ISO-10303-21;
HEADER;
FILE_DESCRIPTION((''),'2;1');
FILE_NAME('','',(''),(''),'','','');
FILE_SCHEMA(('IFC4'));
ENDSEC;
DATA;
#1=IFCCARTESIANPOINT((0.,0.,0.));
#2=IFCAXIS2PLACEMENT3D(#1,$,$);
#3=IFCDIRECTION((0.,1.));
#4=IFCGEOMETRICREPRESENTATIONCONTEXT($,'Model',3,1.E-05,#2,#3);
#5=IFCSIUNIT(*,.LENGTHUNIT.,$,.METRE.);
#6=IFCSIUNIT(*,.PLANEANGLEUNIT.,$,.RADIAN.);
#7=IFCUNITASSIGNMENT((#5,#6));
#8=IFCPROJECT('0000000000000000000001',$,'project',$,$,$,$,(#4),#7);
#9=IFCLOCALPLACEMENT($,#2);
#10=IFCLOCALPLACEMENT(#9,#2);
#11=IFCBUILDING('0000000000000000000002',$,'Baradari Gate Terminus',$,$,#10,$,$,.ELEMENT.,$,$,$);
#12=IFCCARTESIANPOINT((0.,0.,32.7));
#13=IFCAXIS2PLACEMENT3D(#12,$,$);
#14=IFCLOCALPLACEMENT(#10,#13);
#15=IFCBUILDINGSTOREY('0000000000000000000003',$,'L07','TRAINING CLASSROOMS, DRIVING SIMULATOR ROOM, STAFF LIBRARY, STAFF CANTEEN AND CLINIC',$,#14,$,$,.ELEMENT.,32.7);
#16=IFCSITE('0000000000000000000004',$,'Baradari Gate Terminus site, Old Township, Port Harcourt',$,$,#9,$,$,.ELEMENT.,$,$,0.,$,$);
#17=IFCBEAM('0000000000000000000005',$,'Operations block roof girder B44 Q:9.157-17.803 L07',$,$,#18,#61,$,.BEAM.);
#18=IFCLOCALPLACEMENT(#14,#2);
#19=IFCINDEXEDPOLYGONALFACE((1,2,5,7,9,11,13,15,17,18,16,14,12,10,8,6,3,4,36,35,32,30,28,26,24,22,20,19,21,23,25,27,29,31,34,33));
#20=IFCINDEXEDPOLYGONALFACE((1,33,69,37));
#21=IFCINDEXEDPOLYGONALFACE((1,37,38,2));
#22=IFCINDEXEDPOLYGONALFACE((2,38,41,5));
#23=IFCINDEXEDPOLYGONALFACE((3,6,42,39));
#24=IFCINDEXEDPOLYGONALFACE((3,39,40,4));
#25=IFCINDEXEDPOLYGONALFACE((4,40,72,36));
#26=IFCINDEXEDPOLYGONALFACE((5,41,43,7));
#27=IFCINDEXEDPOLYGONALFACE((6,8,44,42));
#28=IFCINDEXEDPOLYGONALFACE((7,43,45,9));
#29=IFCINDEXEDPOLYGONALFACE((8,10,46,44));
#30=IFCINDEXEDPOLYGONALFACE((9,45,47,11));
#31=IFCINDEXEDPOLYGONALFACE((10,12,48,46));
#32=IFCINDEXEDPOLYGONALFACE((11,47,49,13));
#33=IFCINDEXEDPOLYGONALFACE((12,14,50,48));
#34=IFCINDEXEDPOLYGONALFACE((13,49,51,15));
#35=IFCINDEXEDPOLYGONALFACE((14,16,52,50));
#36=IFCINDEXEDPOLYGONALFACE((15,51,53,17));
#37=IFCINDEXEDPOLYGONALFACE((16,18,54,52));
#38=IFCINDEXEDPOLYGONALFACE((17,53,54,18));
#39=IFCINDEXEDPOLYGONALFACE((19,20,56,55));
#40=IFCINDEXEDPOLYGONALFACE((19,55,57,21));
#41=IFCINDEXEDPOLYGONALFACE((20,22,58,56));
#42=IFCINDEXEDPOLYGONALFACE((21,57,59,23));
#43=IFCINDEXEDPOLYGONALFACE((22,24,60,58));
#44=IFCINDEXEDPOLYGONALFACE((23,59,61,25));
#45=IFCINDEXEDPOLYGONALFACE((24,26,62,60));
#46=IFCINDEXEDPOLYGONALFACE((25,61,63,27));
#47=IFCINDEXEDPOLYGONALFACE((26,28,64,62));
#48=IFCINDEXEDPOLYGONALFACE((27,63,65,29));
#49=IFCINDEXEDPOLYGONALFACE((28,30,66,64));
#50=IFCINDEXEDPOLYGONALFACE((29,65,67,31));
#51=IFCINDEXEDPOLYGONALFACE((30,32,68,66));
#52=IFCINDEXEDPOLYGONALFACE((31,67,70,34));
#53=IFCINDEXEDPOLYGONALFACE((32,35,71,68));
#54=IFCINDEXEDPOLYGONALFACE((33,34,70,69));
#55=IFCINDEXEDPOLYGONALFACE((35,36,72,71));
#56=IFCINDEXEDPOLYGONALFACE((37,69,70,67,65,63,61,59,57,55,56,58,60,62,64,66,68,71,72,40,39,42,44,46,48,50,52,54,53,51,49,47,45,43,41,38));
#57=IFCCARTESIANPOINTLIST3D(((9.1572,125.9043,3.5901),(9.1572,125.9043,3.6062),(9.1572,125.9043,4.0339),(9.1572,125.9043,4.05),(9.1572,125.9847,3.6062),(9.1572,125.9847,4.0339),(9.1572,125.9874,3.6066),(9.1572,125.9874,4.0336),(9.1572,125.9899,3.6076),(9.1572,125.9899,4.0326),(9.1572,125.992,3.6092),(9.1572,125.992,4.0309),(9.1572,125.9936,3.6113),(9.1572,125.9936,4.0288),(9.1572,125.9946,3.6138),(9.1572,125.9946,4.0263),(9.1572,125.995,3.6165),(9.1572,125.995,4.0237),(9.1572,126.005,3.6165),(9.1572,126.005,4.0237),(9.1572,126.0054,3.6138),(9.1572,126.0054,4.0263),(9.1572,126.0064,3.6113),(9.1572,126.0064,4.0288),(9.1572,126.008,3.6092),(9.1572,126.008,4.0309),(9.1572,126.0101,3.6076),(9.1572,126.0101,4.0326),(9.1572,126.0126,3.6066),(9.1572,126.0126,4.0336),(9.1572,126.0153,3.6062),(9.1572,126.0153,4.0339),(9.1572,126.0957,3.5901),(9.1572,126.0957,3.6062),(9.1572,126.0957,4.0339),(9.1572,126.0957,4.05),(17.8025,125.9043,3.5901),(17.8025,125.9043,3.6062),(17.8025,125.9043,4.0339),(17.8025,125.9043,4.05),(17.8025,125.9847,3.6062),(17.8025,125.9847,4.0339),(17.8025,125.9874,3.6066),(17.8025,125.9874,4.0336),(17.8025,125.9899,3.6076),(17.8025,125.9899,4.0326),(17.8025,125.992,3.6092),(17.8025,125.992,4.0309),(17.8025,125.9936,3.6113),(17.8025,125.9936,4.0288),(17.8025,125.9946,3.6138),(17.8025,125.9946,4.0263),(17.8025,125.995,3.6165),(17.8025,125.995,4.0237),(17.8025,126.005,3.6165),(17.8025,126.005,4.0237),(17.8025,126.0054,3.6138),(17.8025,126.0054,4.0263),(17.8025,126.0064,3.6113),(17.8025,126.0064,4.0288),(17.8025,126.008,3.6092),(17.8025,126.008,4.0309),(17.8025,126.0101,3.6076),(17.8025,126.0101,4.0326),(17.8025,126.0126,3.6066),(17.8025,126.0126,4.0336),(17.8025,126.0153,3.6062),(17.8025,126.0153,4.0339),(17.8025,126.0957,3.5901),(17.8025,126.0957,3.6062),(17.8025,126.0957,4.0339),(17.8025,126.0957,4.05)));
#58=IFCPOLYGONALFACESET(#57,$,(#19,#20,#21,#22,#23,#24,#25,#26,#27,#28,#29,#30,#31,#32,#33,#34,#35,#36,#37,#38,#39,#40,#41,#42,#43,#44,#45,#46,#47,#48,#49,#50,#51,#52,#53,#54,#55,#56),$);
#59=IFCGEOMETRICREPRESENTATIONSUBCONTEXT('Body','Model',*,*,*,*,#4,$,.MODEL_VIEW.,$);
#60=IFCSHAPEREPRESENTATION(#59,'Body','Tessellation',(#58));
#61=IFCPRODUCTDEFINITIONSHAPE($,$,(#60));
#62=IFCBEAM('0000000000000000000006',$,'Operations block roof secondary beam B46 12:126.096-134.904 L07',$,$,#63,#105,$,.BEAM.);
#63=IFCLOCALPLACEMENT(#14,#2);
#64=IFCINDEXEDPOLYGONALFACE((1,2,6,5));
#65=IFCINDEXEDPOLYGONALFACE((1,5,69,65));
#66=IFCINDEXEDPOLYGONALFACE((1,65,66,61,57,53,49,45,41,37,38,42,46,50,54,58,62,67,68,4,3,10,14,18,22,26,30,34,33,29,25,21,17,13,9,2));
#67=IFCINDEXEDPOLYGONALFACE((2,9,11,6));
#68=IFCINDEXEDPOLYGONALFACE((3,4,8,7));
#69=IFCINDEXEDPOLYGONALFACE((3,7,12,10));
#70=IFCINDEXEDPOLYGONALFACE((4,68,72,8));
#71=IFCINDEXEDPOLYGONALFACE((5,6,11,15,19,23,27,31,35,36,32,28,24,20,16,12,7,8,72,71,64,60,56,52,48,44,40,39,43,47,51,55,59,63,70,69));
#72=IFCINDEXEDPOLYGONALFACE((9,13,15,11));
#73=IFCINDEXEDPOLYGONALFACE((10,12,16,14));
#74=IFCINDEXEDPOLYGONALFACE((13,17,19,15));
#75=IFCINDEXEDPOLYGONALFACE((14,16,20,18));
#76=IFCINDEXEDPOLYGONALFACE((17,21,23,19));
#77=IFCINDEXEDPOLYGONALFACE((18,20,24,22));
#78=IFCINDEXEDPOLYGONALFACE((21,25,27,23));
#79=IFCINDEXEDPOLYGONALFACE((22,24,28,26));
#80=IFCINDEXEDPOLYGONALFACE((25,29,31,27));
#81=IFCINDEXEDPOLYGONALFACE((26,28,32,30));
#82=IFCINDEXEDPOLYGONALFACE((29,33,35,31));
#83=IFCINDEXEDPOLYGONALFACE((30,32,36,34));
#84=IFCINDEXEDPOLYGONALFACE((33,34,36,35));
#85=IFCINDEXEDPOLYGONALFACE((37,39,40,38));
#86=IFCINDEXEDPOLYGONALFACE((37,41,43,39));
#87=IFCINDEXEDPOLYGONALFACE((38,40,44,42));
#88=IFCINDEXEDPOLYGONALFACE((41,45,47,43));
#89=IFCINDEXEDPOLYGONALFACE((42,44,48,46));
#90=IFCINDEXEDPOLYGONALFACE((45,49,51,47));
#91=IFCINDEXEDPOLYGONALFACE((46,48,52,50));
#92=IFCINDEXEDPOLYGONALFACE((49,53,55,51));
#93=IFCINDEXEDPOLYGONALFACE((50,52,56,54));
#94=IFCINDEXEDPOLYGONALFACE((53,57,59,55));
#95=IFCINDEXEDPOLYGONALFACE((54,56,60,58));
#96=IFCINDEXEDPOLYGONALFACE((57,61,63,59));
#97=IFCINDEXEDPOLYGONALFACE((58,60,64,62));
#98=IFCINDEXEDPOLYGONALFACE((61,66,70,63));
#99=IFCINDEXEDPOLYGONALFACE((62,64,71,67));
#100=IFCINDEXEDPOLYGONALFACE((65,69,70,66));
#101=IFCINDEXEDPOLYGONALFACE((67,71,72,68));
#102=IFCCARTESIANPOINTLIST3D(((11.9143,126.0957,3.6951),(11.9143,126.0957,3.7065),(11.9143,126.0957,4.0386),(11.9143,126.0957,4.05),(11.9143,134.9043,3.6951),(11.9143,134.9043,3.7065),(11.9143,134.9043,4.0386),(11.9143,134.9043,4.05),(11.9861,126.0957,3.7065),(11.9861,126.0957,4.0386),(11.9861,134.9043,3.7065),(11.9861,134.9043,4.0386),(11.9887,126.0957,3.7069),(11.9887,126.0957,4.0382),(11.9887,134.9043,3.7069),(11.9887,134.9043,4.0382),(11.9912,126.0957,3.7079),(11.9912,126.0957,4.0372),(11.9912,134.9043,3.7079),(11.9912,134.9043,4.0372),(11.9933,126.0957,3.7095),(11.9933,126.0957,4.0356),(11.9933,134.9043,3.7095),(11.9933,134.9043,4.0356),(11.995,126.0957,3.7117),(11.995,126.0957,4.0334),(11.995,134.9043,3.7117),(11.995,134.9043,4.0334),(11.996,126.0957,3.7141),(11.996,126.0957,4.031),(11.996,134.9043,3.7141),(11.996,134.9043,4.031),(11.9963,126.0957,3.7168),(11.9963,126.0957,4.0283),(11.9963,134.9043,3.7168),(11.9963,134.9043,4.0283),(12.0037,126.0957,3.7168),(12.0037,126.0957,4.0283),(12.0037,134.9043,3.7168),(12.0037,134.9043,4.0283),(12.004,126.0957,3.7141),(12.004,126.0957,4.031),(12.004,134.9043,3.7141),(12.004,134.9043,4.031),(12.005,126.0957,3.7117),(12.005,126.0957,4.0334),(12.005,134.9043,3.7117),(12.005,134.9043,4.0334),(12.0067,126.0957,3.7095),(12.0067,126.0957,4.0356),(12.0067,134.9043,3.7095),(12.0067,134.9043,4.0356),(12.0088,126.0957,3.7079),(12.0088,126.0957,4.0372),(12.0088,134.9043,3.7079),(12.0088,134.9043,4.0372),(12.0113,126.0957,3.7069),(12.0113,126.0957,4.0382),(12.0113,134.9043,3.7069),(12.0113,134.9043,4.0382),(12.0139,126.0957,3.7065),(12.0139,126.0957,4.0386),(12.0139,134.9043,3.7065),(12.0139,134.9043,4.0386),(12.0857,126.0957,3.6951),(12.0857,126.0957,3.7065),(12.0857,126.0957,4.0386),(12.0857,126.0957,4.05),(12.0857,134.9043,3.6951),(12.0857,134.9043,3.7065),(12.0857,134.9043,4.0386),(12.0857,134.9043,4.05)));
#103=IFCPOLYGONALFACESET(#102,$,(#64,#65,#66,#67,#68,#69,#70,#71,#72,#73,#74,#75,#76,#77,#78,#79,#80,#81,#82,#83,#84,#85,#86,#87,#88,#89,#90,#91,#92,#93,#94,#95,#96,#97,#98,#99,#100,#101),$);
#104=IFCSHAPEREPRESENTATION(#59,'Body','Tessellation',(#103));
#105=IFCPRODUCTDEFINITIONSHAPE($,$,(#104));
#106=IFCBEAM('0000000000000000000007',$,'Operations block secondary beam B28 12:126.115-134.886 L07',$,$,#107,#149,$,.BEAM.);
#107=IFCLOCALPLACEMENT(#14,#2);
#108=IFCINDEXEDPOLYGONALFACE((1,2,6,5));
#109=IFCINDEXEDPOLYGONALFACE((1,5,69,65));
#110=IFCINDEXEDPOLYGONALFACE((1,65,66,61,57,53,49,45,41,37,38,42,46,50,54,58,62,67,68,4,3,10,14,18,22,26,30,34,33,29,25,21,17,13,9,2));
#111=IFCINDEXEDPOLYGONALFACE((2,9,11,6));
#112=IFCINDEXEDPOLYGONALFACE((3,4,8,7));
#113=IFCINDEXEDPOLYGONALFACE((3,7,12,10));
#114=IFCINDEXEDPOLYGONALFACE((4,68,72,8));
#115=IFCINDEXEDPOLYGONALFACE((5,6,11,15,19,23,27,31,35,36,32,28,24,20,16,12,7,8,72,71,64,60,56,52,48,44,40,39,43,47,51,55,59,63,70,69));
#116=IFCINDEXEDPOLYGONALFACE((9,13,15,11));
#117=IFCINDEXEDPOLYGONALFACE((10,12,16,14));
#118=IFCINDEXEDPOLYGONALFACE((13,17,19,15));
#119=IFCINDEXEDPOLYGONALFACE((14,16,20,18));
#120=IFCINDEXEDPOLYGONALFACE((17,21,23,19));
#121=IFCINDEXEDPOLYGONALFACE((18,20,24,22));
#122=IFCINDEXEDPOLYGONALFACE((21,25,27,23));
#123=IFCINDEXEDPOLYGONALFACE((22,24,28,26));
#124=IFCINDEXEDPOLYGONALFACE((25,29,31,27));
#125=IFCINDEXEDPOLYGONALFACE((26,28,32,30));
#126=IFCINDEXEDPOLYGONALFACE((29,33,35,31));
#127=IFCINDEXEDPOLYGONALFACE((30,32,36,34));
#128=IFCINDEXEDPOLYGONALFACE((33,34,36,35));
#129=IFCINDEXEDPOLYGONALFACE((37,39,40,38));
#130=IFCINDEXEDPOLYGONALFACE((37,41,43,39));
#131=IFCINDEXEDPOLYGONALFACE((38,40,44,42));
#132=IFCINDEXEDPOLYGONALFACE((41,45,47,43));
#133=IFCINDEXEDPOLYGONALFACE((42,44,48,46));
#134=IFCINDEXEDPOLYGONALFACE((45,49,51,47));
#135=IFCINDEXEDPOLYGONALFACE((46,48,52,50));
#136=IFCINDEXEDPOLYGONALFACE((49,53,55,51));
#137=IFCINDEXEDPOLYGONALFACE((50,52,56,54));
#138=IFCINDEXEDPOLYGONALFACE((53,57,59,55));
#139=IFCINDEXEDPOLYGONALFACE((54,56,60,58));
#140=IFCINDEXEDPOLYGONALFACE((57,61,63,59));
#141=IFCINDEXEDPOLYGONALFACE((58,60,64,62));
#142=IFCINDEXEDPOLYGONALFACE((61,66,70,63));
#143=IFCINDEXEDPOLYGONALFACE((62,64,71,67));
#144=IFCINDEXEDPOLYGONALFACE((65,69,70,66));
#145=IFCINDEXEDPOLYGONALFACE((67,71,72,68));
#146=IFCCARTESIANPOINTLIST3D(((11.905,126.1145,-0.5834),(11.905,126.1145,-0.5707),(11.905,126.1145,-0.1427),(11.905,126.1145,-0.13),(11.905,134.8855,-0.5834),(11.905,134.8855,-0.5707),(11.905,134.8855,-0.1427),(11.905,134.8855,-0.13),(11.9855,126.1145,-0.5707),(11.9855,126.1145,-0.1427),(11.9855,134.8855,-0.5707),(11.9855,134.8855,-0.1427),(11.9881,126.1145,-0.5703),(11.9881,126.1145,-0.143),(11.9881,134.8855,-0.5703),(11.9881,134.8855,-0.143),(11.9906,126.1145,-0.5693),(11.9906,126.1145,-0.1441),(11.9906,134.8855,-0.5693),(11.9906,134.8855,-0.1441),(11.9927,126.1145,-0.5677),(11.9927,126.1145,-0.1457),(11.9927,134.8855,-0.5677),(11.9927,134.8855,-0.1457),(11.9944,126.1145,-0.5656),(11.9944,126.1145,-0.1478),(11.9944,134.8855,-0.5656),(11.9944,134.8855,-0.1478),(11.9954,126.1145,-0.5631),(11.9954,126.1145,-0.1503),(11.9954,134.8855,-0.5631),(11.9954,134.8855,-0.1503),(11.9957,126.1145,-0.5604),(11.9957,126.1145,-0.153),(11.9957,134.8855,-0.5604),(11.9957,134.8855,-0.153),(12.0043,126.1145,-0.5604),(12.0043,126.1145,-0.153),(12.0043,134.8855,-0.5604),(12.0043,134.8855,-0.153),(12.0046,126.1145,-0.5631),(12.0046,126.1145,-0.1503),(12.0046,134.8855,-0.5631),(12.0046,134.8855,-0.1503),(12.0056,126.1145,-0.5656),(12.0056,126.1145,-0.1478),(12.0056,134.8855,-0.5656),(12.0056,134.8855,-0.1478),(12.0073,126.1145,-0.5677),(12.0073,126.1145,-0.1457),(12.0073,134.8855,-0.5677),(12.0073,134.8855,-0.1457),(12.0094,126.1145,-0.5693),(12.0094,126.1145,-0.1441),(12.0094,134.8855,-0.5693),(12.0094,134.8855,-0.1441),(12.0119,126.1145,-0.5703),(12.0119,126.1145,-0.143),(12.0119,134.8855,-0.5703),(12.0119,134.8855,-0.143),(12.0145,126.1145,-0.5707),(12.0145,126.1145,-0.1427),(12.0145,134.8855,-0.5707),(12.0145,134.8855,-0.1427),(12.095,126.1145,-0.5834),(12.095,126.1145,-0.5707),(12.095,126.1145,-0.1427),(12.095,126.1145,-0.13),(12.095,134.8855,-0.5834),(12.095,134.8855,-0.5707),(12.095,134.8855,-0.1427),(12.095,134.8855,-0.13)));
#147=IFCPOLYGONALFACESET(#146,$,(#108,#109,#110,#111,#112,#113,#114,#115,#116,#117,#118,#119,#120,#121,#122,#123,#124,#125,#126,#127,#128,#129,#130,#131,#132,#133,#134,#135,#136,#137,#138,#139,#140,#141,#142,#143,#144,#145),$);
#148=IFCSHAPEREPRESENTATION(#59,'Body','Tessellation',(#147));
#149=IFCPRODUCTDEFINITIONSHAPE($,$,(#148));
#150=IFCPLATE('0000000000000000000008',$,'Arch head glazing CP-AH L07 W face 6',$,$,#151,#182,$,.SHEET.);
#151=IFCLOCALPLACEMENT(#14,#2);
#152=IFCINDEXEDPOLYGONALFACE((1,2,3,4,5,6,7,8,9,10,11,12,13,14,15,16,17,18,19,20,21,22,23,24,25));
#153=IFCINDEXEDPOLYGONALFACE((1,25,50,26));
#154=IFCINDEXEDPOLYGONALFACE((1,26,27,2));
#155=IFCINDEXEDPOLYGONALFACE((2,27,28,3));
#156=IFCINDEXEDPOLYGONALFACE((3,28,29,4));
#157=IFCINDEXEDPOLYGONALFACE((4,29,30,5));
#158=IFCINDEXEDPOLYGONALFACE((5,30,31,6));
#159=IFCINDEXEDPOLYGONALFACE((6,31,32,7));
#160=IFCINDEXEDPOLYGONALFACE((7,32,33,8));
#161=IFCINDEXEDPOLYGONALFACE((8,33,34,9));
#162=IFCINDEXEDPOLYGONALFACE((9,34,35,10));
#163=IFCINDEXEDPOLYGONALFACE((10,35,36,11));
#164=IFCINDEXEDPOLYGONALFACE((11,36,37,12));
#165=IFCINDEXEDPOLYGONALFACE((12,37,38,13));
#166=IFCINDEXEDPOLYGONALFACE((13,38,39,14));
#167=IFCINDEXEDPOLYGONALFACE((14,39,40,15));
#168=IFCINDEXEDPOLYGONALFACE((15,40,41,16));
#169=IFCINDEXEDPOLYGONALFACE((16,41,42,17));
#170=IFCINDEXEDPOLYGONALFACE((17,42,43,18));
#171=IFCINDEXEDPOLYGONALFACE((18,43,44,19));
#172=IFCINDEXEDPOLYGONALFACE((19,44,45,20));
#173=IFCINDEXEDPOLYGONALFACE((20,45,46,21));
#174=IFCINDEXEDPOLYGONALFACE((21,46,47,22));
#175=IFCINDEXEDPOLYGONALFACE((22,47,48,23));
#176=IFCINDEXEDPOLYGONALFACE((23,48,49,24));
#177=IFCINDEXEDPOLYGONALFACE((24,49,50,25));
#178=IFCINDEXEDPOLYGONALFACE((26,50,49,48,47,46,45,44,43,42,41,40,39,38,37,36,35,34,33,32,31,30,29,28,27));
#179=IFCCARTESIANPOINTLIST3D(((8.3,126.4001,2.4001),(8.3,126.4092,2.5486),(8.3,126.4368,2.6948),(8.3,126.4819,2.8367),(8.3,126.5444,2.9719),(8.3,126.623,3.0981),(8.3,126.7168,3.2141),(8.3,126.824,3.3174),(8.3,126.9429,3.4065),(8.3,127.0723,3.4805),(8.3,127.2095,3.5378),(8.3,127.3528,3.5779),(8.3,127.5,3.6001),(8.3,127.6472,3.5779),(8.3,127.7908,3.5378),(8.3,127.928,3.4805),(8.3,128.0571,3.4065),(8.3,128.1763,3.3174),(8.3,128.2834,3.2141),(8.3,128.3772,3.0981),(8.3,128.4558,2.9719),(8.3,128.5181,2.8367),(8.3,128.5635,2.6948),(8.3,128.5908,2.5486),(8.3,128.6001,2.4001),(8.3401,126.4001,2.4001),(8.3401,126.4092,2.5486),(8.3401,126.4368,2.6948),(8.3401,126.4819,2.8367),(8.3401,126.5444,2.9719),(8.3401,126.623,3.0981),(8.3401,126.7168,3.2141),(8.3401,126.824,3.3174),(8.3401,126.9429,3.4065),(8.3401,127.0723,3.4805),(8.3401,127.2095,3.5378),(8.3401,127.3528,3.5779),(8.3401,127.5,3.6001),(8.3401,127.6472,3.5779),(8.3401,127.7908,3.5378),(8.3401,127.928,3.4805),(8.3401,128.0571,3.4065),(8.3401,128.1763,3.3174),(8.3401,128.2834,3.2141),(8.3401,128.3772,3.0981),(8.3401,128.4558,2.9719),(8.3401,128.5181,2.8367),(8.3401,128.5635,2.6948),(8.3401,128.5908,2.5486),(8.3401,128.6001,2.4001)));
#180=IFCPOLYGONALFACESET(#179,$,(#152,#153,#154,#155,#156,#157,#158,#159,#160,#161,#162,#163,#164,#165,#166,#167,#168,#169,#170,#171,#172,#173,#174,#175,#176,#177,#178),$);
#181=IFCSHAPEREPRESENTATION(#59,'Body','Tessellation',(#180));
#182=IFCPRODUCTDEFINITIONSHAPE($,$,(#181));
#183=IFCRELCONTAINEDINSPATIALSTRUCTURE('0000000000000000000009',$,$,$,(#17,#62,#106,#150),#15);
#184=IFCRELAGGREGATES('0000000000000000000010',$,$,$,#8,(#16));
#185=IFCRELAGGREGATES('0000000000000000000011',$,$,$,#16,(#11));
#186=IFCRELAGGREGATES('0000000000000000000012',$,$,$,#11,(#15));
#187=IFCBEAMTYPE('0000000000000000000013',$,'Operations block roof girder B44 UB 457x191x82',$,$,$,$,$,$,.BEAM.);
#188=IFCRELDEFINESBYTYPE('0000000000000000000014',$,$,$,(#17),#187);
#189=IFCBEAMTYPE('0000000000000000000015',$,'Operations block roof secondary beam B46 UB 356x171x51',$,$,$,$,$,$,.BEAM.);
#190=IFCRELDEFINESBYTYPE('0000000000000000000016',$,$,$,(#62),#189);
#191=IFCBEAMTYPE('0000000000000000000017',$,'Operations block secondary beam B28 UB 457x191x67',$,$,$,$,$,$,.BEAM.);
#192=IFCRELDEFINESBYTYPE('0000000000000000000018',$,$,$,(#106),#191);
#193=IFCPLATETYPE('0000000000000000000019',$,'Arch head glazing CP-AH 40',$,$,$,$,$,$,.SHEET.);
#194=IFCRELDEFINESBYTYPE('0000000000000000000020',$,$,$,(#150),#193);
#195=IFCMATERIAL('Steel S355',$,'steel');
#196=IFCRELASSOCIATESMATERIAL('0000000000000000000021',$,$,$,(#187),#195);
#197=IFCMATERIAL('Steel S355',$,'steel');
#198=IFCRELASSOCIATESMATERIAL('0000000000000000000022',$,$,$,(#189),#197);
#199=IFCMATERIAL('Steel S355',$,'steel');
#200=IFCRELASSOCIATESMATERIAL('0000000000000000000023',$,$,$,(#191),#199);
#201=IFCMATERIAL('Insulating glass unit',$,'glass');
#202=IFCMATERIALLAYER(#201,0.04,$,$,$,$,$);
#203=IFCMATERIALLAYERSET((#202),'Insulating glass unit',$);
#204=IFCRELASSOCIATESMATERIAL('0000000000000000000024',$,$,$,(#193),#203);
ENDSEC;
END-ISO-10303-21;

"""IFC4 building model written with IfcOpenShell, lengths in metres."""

from ifc_helpers import new_model, si_unit, direction, frame, origin, origin_2d, place, context, subcontext, project, spatial, polyline, i_section, outline, extrude, material, layer, layer_set, material_profile, profile_set, type_object, element, save


model = new_model("IFC4")

# Units and contexts
model_context = context("Model", 3, precision=1e-05, world=origin(), true_north=direction((0.0, 1.0)))
body_context = subcontext(model_context, "Body", "Model", "MODEL_VIEW")
ifc_project = project(units=[si_unit("LENGTHUNIT", "METRE"), si_unit("PLANEANGLEUNIT", "RADIAN")], contexts=[model_context])

# Site, building, storey
site_placement = place(None, origin())
site = spatial("IfcSite", under=ifc_project, at=site_placement, Name="Baradari Gate Terminus site, Old Township, Port Harcourt", CompositionType="ELEMENT", RefElevation=0.0)
building_placement = place(site_placement, origin())
building = spatial("IfcBuilding", under=site, at=building_placement, Name="Baradari Gate Terminus", CompositionType="ELEMENT")
storey_placement = place(building_placement, frame((0.0, 0.0, 32.7)))
storey = spatial("IfcBuildingStorey", under=building, at=storey_placement, Name="L07", Description="TRAINING CLASSROOMS, DRIVING SIMULATOR ROOM, STAFF LIBRARY, STAFF CANTEEN AND CLINIC", CompositionType="ELEMENT", Elevation=32.7)

# Beams
ifc_material_1 = material(Name="Steel S355", Category="steel")
ifc_material_profile_1 = material_profile(ifc_material_1, i_section(OverallWidth=0.1914, OverallDepth=0.46, WebThickness=0.01, FlangeThickness=0.0161, FilletRadius=0.0103, at=origin_2d()), Name="UB 457x191x82")
ifc_profile_set_1 = profile_set([ifc_material_profile_1], Name="Steel S355")
beam_type_1 = type_object("IfcBeamType", Name="Operations block roof girder B44 UB 457x191x82", PredefinedType="BEAM", material=ifc_profile_set_1)
beam_1_placement = place(storey_placement, frame((9.1572, 126.0, 3.8201), z_axis=(1.0, 0.0, 0.0), x_axis=(0.0, 1.0, 0.0)))
element("IfcBeam", 1, at=beam_1_placement, inside=storey, type_object=beam_type_1, Name="Operations block roof girder B44 Q:9.157-17.803 L07", PredefinedType="BEAM", context=body_context, shape_type="SweptSolid", body=[
    extrude(i_section(OverallWidth=0.1914, OverallDepth=0.46, WebThickness=0.01, FlangeThickness=0.0161, FilletRadius=0.0103, at=origin_2d()), origin(), (0.0, 0.0, 1.0), 8.6453),
])
ifc_material_2 = material(Name="Steel S355", Category="steel")
ifc_material_profile_2 = material_profile(ifc_material_2, i_section(OverallWidth=0.1714, OverallDepth=0.355, WebThickness=0.0073, FlangeThickness=0.0115, FilletRadius=0.0103, at=origin_2d()), Name="UB 356x171x51")
ifc_profile_set_2 = profile_set([ifc_material_profile_2], Name="Steel S355")
beam_type_2 = type_object("IfcBeamType", Name="Operations block roof secondary beam B46 UB 356x171x51", PredefinedType="BEAM", material=ifc_profile_set_2)
beam_2_placement = place(storey_placement, frame((12.0, 126.0957, 3.8726), z_axis=(0.0, 1.0, 0.0), x_axis=(-1.0, 0.0, 0.0)))
element("IfcBeam", 2, at=beam_2_placement, inside=storey, type_object=beam_type_2, Name="Operations block roof secondary beam B46 12:126.096-134.904 L07", PredefinedType="BEAM", context=body_context, shape_type="SweptSolid", body=[
    extrude(i_section(OverallWidth=0.1714, OverallDepth=0.355, WebThickness=0.0073, FlangeThickness=0.0115, FilletRadius=0.0103, at=origin_2d()), origin(), (0.0, 0.0, 1.0), 8.8086),
])
ifc_material_3 = material(Name="Steel S355", Category="steel")
ifc_material_profile_3 = material_profile(ifc_material_3, i_section(OverallWidth=0.1899, OverallDepth=0.4534, WebThickness=0.0085, FlangeThickness=0.0127, FilletRadius=0.0103, at=origin_2d()), Name="UB 457x191x67")
ifc_profile_set_3 = profile_set([ifc_material_profile_3], Name="Steel S355")
beam_type_3 = type_object("IfcBeamType", Name="Operations block secondary beam B28 UB 457x191x67", PredefinedType="BEAM", material=ifc_profile_set_3)
beam_3_placement = place(storey_placement, frame((12.0, 126.1145, -0.3567), z_axis=(0.0, 1.0, 0.0), x_axis=(-1.0, 0.0, 0.0)))
element("IfcBeam", 3, at=beam_3_placement, inside=storey, type_object=beam_type_3, Name="Operations block secondary beam B28 12:126.115-134.886 L07", PredefinedType="BEAM", context=body_context, shape_type="SweptSolid", body=[
    extrude(i_section(OverallWidth=0.1899, OverallDepth=0.4534, WebThickness=0.0085, FlangeThickness=0.0127, FilletRadius=0.0103, at=origin_2d()), origin(), (0.0, 0.0, 1.0), 8.771),
])

# Plate
ifc_material_4 = material(Name="Insulating glass unit", Category="glass")
ifc_layer_1 = layer(ifc_material_4, 0.04)
ifc_layer_set_1 = layer_set([ifc_layer_1], Name="Insulating glass unit")
plate_type_1 = type_object("IfcPlateType", Name="Arch head glazing CP-AH 40", PredefinedType="SHEET", material=ifc_layer_set_1)
for number, where, z_axis, x_axis, name in (
    (4, (8.3201, 128.6001, 2.4001), (0.0, 0.0, 1.0), (0.0, -1.0, 0.0), "Arch head glazing CP-AH L07 W face 6"),
):
    element("IfcPlate", number, at=place(storey_placement, frame(where, z_axis=z_axis, x_axis=x_axis)), inside=storey, type_object=plate_type_1, Name=name, PredefinedType="SHEET", context=body_context, shape_type="SweptSolid", body=[
        extrude(outline(polyline([(0.0, 0.0), (2.2, 0.0), (2.1909, 0.1484), (2.1633, 0.2947), (2.1182, 0.4365), (2.0557, 0.5718), (1.9771, 0.698), (1.8833, 0.814), (1.7761, 0.9172), (1.6572, 1.0063), (1.5278, 1.0803), (1.3906, 1.1377), (1.2473, 1.1777), (1.1001, 1.2), (0.9529, 1.1777), (0.8093, 1.1377), (0.6721, 1.0803), (0.543, 1.0063), (0.4238, 0.9172), (0.3167, 0.814), (0.2229, 0.698), (0.1443, 0.5718), (0.082, 0.4365), (0.0366, 0.2947), (0.0093, 0.1484), (0.0, 0.0)])), frame((0.0, 0.02, 0.0), z_axis=(0.0, -1.0, 0.0), x_axis=(1.0, 0.0, 0.0)), (0.0, 0.0, 1.0), 0.04),
    ])

save(model, "model.ifc")
